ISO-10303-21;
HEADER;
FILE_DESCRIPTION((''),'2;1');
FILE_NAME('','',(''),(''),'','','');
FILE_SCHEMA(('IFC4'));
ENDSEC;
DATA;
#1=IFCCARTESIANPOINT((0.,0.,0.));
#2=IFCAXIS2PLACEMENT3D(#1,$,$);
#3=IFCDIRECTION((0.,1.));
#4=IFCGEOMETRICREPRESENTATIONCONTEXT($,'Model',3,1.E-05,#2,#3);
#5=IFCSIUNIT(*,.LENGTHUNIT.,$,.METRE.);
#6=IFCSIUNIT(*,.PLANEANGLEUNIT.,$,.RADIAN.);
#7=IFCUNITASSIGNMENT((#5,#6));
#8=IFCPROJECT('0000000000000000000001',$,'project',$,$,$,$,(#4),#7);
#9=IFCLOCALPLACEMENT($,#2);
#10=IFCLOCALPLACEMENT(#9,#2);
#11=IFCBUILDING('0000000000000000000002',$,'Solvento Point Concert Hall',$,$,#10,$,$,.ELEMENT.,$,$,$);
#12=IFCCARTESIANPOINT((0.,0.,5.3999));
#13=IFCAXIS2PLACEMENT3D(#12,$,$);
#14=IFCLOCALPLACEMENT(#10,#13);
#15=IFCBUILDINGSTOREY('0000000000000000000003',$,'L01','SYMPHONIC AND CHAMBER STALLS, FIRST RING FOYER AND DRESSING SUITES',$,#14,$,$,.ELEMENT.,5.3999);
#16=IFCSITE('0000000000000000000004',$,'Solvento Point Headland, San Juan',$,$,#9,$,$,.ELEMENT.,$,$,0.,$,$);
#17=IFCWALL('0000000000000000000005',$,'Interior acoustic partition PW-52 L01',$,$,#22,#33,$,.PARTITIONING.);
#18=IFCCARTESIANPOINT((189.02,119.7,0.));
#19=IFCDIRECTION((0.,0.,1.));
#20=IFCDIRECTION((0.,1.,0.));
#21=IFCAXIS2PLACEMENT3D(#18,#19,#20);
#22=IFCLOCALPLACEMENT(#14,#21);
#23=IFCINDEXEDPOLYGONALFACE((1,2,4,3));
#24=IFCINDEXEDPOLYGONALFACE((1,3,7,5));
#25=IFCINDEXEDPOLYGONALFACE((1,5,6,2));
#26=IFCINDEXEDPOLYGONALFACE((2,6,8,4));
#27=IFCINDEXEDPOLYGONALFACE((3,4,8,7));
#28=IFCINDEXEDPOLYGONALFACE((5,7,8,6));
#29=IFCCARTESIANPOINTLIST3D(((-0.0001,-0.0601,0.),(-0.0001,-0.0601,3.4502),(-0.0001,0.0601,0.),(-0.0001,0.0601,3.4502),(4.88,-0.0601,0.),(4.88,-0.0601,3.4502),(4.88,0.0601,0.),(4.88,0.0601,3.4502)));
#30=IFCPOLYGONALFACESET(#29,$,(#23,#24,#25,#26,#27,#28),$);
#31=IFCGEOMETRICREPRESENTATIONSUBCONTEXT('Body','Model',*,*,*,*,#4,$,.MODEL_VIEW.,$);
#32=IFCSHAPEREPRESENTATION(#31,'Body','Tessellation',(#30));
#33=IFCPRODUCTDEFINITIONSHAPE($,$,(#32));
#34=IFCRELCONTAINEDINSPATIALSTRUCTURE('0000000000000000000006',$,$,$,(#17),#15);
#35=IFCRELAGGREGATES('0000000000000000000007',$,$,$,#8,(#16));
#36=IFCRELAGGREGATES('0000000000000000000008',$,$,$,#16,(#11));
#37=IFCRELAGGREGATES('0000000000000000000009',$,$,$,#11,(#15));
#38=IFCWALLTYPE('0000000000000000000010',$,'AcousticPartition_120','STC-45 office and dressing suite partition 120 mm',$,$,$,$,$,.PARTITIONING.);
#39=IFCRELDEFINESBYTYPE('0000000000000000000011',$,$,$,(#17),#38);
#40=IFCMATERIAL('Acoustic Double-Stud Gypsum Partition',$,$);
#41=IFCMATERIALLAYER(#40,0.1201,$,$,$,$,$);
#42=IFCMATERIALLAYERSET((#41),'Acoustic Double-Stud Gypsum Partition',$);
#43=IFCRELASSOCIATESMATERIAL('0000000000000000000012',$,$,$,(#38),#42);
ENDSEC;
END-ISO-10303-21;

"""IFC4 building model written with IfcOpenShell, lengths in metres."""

from ifc_helpers import new_model, si_unit, direction, frame, frame_2d, origin, place, context, subcontext, project, spatial, rectangle, extrude, material, layer, layer_set, type_object, element, save


model = new_model("IFC4")

# Units and contexts
model_context = context("Model", 3, precision=1e-05, world=origin(), true_north=direction((0.0, 1.0)))
body_context = subcontext(model_context, "Body", "Model", "MODEL_VIEW")
ifc_project = project(units=[si_unit("LENGTHUNIT", "METRE"), si_unit("PLANEANGLEUNIT", "RADIAN")], contexts=[model_context])

# Site, building, storey
site_placement = place(None, origin())
site = spatial("IfcSite", under=ifc_project, at=site_placement, Name="Solvento Point Headland, San Juan", CompositionType="ELEMENT", RefElevation=0.0)
building_placement = place(site_placement, origin())
building = spatial("IfcBuilding", under=site, at=building_placement, Name="Solvento Point Concert Hall", CompositionType="ELEMENT")
storey_placement = place(building_placement, frame((0.0, 0.0, 5.3999)))
storey = spatial("IfcBuildingStorey", under=building, at=storey_placement, Name="L01", Description="SYMPHONIC AND CHAMBER STALLS, FIRST RING FOYER AND DRESSING SUITES", CompositionType="ELEMENT", Elevation=5.3999)

# Wall
ifc_material_1 = material(Name="Acoustic Double-Stud Gypsum Partition")
ifc_layer_1 = layer(ifc_material_1, 0.1201)
ifc_layer_set_1 = layer_set([ifc_layer_1], Name="Acoustic Double-Stud Gypsum Partition")
wall_type_1 = type_object("IfcWallType", Name="AcousticPartition_120", Description="STC-45 office and dressing suite partition 120 mm", PredefinedType="PARTITIONING", material=ifc_layer_set_1)
wall_1_placement = place(storey_placement, frame((189.02, 119.7, 0.0), z_axis=(0.0, 0.0, 1.0), x_axis=(0.0, 1.0, 0.0)))
element("IfcWall", 1, at=wall_1_placement, inside=storey, type_object=wall_type_1, Name="Interior acoustic partition PW-52 L01", PredefinedType="PARTITIONING", context=body_context, shape_type="SweptSolid", body=[
    extrude(rectangle(XDim=4.8801, YDim=0.1201, at=frame_2d((2.4399, 0.0))), origin(), (0.0, 0.0, 1.0), 3.4502),
])

save(model, "model.ifc")
